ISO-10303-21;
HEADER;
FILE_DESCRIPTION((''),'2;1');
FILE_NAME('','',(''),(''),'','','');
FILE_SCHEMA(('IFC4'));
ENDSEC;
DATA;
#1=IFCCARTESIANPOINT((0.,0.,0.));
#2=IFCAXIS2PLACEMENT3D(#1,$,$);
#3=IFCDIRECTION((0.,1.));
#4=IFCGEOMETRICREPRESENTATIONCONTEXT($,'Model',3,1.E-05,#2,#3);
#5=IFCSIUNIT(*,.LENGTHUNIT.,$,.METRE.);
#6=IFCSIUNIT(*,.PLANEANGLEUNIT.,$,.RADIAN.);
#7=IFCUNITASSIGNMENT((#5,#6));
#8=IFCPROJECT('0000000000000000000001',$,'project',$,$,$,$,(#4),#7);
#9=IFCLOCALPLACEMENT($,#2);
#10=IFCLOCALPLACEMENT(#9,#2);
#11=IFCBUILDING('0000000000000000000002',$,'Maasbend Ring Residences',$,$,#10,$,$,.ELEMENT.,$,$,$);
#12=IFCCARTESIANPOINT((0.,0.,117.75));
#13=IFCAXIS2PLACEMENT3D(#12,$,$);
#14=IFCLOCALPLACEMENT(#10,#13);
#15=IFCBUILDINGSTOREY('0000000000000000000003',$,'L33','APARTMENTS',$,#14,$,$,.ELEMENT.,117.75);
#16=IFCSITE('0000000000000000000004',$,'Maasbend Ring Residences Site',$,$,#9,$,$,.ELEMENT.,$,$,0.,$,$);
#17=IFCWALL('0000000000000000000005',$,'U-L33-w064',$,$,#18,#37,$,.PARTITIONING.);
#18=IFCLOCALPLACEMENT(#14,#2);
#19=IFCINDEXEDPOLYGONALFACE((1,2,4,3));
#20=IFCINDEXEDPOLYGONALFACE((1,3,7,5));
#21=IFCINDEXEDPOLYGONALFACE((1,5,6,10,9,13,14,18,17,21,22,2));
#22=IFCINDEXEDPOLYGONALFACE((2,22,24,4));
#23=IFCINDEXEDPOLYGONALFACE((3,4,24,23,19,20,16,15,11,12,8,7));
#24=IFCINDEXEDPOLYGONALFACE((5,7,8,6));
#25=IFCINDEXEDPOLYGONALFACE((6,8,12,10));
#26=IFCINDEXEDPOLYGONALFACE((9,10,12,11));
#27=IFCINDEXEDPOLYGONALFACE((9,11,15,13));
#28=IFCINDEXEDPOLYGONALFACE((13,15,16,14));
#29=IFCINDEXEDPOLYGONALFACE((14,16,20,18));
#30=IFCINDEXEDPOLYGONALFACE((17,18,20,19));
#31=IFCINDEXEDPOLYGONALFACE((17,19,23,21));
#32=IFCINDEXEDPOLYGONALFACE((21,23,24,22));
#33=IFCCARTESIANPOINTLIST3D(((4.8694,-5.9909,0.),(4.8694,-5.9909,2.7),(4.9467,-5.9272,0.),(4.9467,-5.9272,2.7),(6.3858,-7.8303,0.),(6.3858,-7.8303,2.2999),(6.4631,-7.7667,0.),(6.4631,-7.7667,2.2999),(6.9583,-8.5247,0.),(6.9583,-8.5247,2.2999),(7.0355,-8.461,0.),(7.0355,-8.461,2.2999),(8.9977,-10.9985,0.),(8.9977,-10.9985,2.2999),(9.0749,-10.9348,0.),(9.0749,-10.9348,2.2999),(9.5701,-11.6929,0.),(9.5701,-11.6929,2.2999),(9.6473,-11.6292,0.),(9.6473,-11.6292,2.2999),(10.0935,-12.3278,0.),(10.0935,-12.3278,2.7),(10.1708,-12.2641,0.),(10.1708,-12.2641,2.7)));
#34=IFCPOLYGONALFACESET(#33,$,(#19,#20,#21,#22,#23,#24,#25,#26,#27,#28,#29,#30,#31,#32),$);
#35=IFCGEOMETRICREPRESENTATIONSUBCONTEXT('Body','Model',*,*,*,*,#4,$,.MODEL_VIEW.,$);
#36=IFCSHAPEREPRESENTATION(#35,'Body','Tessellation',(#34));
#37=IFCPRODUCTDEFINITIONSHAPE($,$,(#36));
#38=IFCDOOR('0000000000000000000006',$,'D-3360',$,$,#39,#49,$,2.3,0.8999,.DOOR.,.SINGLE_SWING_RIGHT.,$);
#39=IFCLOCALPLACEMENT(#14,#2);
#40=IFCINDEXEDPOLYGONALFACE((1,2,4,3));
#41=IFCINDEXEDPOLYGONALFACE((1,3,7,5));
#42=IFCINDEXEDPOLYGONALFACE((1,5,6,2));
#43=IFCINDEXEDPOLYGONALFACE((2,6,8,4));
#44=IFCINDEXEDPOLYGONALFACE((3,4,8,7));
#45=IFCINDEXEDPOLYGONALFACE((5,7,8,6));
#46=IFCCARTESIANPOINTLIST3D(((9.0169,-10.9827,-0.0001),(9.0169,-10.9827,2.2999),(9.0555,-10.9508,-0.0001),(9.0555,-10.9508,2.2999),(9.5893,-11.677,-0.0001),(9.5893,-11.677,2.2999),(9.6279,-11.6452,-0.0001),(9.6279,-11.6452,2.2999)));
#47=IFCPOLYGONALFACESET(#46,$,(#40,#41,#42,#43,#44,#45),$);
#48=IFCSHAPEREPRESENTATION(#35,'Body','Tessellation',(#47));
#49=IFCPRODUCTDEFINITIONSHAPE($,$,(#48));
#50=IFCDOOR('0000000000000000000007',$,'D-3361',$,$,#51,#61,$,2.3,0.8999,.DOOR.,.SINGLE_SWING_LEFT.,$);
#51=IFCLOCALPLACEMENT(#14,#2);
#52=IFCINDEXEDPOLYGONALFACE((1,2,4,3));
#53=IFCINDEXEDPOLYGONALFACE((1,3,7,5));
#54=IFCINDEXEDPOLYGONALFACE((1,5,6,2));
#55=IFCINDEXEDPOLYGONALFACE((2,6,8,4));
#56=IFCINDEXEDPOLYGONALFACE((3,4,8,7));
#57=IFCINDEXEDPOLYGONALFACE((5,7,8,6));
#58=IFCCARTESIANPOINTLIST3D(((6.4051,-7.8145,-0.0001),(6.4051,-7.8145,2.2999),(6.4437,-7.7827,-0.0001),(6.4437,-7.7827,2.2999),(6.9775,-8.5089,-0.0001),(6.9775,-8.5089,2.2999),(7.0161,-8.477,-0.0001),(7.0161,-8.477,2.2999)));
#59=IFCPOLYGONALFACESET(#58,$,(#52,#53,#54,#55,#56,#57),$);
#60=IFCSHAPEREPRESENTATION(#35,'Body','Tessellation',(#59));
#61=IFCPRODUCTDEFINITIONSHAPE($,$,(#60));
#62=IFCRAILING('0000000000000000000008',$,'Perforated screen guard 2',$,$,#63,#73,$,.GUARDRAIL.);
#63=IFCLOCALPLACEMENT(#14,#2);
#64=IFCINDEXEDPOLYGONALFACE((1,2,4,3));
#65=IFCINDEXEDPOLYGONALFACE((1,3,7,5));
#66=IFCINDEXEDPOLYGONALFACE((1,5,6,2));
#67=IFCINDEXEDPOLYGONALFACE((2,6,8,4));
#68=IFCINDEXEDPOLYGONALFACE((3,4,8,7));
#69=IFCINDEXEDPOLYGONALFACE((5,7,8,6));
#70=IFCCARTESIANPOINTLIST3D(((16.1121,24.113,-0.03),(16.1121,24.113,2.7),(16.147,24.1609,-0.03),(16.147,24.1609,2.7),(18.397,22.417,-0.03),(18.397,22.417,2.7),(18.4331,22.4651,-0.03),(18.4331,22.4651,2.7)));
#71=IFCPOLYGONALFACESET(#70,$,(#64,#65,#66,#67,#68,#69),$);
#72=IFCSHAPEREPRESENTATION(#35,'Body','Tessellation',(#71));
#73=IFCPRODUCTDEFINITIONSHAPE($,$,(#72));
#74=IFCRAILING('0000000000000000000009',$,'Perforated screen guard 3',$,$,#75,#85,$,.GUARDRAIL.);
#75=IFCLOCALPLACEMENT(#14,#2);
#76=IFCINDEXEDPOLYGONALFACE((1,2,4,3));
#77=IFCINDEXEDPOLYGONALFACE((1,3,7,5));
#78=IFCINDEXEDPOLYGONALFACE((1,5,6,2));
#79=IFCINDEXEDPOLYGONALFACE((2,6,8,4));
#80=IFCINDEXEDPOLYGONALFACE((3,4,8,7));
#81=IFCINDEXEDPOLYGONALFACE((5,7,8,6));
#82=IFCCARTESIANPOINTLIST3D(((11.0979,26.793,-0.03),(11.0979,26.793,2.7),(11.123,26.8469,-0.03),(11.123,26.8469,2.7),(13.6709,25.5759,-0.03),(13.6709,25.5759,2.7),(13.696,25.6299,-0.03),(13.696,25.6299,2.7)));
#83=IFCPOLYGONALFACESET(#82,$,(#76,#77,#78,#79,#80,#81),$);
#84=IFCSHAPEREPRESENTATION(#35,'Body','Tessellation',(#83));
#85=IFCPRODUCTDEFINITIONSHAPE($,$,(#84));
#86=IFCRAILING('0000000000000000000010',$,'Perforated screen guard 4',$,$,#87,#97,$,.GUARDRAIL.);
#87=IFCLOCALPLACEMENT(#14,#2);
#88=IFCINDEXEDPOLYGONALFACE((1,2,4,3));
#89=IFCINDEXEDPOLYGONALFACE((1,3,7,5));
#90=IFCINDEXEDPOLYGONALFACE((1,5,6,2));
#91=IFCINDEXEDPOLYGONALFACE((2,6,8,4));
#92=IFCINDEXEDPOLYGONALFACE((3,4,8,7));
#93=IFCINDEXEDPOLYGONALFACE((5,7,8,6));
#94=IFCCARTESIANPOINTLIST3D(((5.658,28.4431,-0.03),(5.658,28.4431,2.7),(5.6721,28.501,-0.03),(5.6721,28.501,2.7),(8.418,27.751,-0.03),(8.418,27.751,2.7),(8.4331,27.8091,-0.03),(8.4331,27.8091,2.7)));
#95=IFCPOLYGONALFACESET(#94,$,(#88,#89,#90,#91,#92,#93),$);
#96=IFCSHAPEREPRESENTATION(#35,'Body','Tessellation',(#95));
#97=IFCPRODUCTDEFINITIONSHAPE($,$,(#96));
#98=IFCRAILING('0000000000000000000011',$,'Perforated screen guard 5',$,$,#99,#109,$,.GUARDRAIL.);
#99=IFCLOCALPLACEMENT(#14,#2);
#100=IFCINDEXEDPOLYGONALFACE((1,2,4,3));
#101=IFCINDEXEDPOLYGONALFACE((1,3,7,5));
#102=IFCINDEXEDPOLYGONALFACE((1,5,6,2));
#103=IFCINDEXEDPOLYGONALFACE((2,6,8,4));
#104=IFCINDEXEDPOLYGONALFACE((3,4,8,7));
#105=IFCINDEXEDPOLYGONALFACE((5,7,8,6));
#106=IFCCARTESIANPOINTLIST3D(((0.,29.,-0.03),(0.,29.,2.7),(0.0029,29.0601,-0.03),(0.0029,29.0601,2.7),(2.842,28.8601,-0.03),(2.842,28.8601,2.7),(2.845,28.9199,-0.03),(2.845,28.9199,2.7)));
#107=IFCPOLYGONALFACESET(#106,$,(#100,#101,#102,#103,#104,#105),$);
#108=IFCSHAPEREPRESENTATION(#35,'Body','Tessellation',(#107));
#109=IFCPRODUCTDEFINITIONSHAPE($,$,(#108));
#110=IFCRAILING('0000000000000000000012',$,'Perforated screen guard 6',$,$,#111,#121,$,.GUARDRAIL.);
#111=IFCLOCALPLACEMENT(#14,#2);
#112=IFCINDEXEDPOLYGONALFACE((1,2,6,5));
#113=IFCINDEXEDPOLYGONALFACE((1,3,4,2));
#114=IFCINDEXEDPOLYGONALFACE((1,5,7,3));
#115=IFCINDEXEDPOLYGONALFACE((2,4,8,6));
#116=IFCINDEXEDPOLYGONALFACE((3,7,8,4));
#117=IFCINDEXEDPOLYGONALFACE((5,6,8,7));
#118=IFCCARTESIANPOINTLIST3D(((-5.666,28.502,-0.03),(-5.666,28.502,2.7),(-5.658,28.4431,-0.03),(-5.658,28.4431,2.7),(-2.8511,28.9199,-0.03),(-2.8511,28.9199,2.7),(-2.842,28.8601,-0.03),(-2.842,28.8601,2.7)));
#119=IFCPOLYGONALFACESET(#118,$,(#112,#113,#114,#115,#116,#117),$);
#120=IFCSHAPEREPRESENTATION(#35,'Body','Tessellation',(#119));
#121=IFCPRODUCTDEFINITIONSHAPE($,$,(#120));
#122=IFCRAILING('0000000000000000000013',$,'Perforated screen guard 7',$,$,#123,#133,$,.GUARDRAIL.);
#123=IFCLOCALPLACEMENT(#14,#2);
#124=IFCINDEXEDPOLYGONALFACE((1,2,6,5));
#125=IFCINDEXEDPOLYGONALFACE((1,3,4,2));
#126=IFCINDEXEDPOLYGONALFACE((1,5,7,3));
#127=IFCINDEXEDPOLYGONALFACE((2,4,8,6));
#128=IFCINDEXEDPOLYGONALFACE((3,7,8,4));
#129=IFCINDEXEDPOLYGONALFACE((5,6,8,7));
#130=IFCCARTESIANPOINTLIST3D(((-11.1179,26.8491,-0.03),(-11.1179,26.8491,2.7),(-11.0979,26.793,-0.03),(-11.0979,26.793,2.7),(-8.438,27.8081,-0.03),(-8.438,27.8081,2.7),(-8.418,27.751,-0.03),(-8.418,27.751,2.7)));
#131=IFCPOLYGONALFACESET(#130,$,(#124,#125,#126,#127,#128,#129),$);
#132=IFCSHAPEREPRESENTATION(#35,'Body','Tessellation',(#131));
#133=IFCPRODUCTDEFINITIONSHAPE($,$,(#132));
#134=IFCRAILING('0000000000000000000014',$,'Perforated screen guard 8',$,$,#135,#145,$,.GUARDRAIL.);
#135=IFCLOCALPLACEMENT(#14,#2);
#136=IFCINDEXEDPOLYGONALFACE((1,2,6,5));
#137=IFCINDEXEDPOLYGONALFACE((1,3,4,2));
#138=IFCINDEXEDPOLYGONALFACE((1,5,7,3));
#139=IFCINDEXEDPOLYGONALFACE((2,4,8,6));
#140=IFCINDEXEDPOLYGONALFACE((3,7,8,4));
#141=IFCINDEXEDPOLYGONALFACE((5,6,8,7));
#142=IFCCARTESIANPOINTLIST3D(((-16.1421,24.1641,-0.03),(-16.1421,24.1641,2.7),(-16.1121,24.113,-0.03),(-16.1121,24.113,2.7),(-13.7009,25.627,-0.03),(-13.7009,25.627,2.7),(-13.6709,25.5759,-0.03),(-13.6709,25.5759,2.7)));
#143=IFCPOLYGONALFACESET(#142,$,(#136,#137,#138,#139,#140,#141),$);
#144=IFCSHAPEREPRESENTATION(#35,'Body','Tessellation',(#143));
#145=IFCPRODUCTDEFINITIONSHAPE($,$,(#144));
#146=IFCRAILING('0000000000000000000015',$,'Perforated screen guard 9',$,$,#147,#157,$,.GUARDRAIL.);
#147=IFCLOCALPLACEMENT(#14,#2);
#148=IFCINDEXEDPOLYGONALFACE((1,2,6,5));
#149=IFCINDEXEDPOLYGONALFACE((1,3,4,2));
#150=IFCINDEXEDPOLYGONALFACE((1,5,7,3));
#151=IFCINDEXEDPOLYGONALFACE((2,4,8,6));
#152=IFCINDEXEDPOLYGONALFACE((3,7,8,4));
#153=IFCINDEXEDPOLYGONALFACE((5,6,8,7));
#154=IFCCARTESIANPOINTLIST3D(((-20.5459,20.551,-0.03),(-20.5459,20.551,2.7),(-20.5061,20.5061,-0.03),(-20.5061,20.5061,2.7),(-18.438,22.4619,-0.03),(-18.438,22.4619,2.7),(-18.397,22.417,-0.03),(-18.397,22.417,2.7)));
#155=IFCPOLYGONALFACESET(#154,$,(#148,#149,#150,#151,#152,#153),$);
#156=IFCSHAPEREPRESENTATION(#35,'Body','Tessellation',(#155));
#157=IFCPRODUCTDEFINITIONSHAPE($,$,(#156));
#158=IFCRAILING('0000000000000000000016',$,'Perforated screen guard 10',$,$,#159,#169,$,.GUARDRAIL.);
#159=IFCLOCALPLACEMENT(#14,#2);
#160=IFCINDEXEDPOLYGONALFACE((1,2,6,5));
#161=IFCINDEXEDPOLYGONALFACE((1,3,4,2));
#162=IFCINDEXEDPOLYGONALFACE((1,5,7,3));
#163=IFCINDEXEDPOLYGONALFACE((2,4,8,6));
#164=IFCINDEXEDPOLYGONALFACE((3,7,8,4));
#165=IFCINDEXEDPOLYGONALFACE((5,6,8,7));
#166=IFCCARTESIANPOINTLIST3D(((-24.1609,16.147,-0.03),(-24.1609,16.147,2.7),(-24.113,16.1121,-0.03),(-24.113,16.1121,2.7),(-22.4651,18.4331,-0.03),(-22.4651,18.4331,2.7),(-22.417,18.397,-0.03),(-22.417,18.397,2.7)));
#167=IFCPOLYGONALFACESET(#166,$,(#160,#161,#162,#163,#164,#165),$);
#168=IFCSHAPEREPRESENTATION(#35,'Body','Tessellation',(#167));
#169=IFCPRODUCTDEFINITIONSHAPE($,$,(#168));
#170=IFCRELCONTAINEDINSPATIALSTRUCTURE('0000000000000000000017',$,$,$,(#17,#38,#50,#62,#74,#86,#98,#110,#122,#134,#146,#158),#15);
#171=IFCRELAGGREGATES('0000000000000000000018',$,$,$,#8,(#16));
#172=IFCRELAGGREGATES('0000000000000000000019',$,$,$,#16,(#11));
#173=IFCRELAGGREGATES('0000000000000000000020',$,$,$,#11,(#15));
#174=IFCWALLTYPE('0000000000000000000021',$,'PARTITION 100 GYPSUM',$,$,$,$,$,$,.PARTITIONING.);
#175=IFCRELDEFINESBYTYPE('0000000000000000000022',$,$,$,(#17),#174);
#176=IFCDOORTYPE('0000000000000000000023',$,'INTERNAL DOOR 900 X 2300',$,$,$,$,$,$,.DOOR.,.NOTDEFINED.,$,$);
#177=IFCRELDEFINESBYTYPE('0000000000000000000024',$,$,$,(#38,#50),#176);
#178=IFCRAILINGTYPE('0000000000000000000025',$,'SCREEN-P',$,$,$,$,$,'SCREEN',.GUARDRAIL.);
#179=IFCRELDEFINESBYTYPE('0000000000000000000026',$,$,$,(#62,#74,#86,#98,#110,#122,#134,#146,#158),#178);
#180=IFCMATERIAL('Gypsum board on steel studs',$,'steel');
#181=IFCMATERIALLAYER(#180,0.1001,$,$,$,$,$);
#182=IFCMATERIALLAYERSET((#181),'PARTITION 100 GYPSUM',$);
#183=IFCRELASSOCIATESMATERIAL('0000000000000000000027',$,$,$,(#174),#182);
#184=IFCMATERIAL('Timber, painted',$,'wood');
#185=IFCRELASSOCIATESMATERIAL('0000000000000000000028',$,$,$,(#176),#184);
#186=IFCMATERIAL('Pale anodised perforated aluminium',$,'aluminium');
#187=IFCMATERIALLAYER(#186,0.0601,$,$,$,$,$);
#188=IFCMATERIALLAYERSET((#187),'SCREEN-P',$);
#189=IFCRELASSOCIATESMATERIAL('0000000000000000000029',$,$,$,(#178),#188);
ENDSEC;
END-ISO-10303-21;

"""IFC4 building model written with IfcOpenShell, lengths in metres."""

from ifc_helpers import new_model, si_unit, direction, frame, frame_2d, origin, place, context, subcontext, project, spatial, polyline, rectangle, outline, extrude, material, layer, layer_set, type_object, element, fill, save


model = new_model("IFC4")

# Units and contexts
model_context = context("Model", 3, precision=1e-05, world=origin(), true_north=direction((0.0, 1.0)))
body_context = subcontext(model_context, "Body", "Model", "MODEL_VIEW")
ifc_project = project(units=[si_unit("LENGTHUNIT", "METRE"), si_unit("PLANEANGLEUNIT", "RADIAN")], contexts=[model_context])

# Site, building, storey
site_placement = place(None, origin())
site = spatial("IfcSite", under=ifc_project, at=site_placement, Name="Maasbend Ring Residences Site", CompositionType="ELEMENT", RefElevation=0.0)
building_placement = place(site_placement, origin())
building = spatial("IfcBuilding", under=site, at=building_placement, Name="Maasbend Ring Residences", CompositionType="ELEMENT")
storey_placement = place(building_placement, frame((0.0, 0.0, 117.75)))
storey = spatial("IfcBuildingStorey", under=building, at=storey_placement, Name="L33", Description="APARTMENTS", CompositionType="ELEMENT", Elevation=117.75)

# Wall, openings, doors
ifc_material_1 = material(Name="Gypsum board on steel studs", Category="steel")
ifc_layer_1 = layer(ifc_material_1, 0.1001)
ifc_layer_set_1 = layer_set([ifc_layer_1], Name="PARTITION 100 GYPSUM")
wall_type = type_object("IfcWallType", Name="PARTITION 100 GYPSUM", PredefinedType="PARTITIONING", material=ifc_layer_set_1)
wall_placement = place(storey_placement, frame((4.908, -5.959, 0.0), z_axis=(0.0, 0.0, 1.0), x_axis=(0.636105, -0.771602, 0.0)))
wall = element("IfcWall", 1, at=wall_placement, inside=storey, type_object=wall_type, Name="U-L33-w064", PredefinedType="PARTITIONING", context=body_context, shape_type="SweptSolid", body=[
    extrude(rectangle(XDim=8.2126, YDim=0.1001, at=frame_2d((4.1064, 0.0))), origin(), (0.0, 0.0, 1.0), 2.7),
])
opening_1_placement = place(wall_placement, frame((6.49, 0.0, 0.0)))
opening_1 = element("IfcOpeningElement", 2, at=opening_1_placement, cuts=wall, PredefinedType="OPENING", context=body_context, shape_type="SweptSolid", body=[
    extrude(rectangle(XDim=0.8999, YDim=2.3, at=frame_2d((0.45, 1.1499))), frame((0.0, 0.0601, 0.0), z_axis=(0.0, -1.0, 0.0), x_axis=(1.0, 0.0, 0.0)), (0.0, 0.0, 1.0), 0.1201),
])
opening_2_placement = place(wall_placement, frame((2.384, 0.0, 0.0)))
opening_2 = element("IfcOpeningElement", 3, at=opening_2_placement, cuts=wall, PredefinedType="OPENING", context=body_context, shape_type="SweptSolid", body=[
    extrude(rectangle(XDim=0.8999, YDim=2.3, at=frame_2d((0.45, 1.1499))), frame((0.0, 0.0601, 0.0), z_axis=(0.0, -1.0, 0.0), x_axis=(1.0, 0.0, 0.0)), (0.0, 0.0, 1.0), 0.1201),
])
ifc_material_2 = material(Name="Timber, painted", Category="wood")
door_type = type_object("IfcDoorType", Name="INTERNAL DOOR 900 X 2300", OperationType="NOTDEFINED", PredefinedType="DOOR", material=ifc_material_2)
door_1_placement = place(opening_1_placement, origin())
door_1 = element("IfcDoor", 4, at=door_1_placement, inside=storey, type_object=door_type, Name="D-3360", OperationType="SINGLE_SWING_RIGHT", OverallHeight=2.3, OverallWidth=0.8999, PredefinedType="DOOR", context=body_context, shape_type="SweptSolid", body=[
    extrude(rectangle(XDim=0.8999, YDim=2.3, at=frame_2d((0.45, 1.1499))), frame((0.0, 0.0249, 0.0), z_axis=(0.0, -1.0, 0.0), x_axis=(1.0, 0.0, 0.0)), (0.0, 0.0, 1.0), 0.05),
])
fill(opening_1, door_1)
door_2_placement = place(opening_2_placement, origin())
door_2 = element("IfcDoor", 5, at=door_2_placement, inside=storey, type_object=door_type, Name="D-3361", OperationType="SINGLE_SWING_LEFT", OverallHeight=2.3, OverallWidth=0.8999, PredefinedType="DOOR", context=body_context, shape_type="SweptSolid", body=[
    extrude(rectangle(XDim=0.8999, YDim=2.3, at=frame_2d((0.45, 1.1499))), frame((0.0, 0.0249, 0.0), z_axis=(0.0, -1.0, 0.0), x_axis=(1.0, 0.0, 0.0)), (0.0, 0.0, 1.0), 0.05),
])
fill(opening_2, door_2)

# Railings
ifc_material_3 = material(Name="Pale anodised perforated aluminium", Category="aluminium")
ifc_layer_2 = layer(ifc_material_3, 0.0601)
ifc_layer_set_2 = layer_set([ifc_layer_2], Name="SCREEN-P")
railing_type = type_object("IfcRailingType", Name="SCREEN-P", ElementType="SCREEN", PredefinedType="GUARDRAIL", material=ifc_layer_set_2)
railing_1_placement = place(storey_placement, frame((0.0, 0.0, -0.03)))
element("IfcRailing", 6, at=railing_1_placement, inside=storey, type_object=railing_type, Name="Perforated screen guard 2", PredefinedType="GUARDRAIL", context=body_context, shape_type="SweptSolid", body=[
    extrude(outline(polyline([(18.397, 22.417), (16.1121, 24.113), (16.147, 24.1609), (18.4331, 22.4651), (18.397, 22.417)])), origin(), (0.0, 0.0, 1.0), 2.73),
])
railing_2_placement = place(storey_placement, frame((0.0, 0.0, -0.03)))
element("IfcRailing", 7, at=railing_2_placement, inside=storey, type_object=railing_type, Name="Perforated screen guard 3", PredefinedType="GUARDRAIL", context=body_context, shape_type="SweptSolid", body=[
    extrude(outline(polyline([(13.6709, 25.5759), (11.0979, 26.793), (11.123, 26.8469), (13.696, 25.6299), (13.6709, 25.5759)])), origin(), (0.0, 0.0, 1.0), 2.73),
])
railing_3_placement = place(storey_placement, frame((0.0, 0.0, -0.03)))
element("IfcRailing", 8, at=railing_3_placement, inside=storey, type_object=railing_type, Name="Perforated screen guard 4", PredefinedType="GUARDRAIL", context=body_context, shape_type="SweptSolid", body=[
    extrude(outline(polyline([(8.418, 27.751), (5.658, 28.4431), (5.6721, 28.501), (8.4331, 27.8091), (8.418, 27.751)])), origin(), (0.0, 0.0, 1.0), 2.73),
])
railing_4_placement = place(storey_placement, frame((0.0, 0.0, -0.03)))
element("IfcRailing", 9, at=railing_4_placement, inside=storey, type_object=railing_type, Name="Perforated screen guard 5", PredefinedType="GUARDRAIL", context=body_context, shape_type="SweptSolid", body=[
    extrude(outline(polyline([(2.842, 28.8601), (0.0, 29.0), (0.0029, 29.0601), (2.845, 28.9199), (2.842, 28.8601)])), origin(), (0.0, 0.0, 1.0), 2.73),
])
railing_5_placement = place(storey_placement, frame((0.0, 0.0, -0.03)))
element("IfcRailing", 10, at=railing_5_placement, inside=storey, type_object=railing_type, Name="Perforated screen guard 6", PredefinedType="GUARDRAIL", context=body_context, shape_type="SweptSolid", body=[
    extrude(outline(polyline([(-2.842, 28.8601), (-5.658, 28.4431), (-5.666, 28.502), (-2.8511, 28.9199), (-2.842, 28.8601)])), origin(), (0.0, 0.0, 1.0), 2.73),
])
railing_6_placement = place(storey_placement, frame((0.0, 0.0, -0.03)))
element("IfcRailing", 11, at=railing_6_placement, inside=storey, type_object=railing_type, Name="Perforated screen guard 7", PredefinedType="GUARDRAIL", context=body_context, shape_type="SweptSolid", body=[
    extrude(outline(polyline([(-8.418, 27.751), (-11.0979, 26.793), (-11.1179, 26.8491), (-8.438, 27.8081), (-8.418, 27.751)])), origin(), (0.0, 0.0, 1.0), 2.73),
])
railing_7_placement = place(storey_placement, frame((0.0, 0.0, -0.03)))
element("IfcRailing", 12, at=railing_7_placement, inside=storey, type_object=railing_type, Name="Perforated screen guard 8", PredefinedType="GUARDRAIL", context=body_context, shape_type="SweptSolid", body=[
    extrude(outline(polyline([(-13.6709, 25.5759), (-16.1121, 24.113), (-16.1421, 24.1641), (-13.7009, 25.627), (-13.6709, 25.5759)])), origin(), (0.0, 0.0, 1.0), 2.73),
])
railing_8_placement = place(storey_placement, frame((0.0, 0.0, -0.03)))
element("IfcRailing", 13, at=railing_8_placement, inside=storey, type_object=railing_type, Name="Perforated screen guard 9", PredefinedType="GUARDRAIL", context=body_context, shape_type="SweptSolid", body=[
    extrude(outline(polyline([(-18.397, 22.417), (-20.5061, 20.5061), (-20.5459, 20.551), (-18.438, 22.4619), (-18.397, 22.417)])), origin(), (0.0, 0.0, 1.0), 2.73),
])
railing_9_placement = place(storey_placement, frame((0.0, 0.0, -0.03)))
element("IfcRailing", 14, at=railing_9_placement, inside=storey, type_object=railing_type, Name="Perforated screen guard 10", PredefinedType="GUARDRAIL", context=body_context, shape_type="SweptSolid", body=[
    extrude(outline(polyline([(-22.417, 18.397), (-24.113, 16.1121), (-24.1609, 16.147), (-22.4651, 18.4331), (-22.417, 18.397)])), origin(), (0.0, 0.0, 1.0), 2.73),
])

save(model, "model.ifc")
